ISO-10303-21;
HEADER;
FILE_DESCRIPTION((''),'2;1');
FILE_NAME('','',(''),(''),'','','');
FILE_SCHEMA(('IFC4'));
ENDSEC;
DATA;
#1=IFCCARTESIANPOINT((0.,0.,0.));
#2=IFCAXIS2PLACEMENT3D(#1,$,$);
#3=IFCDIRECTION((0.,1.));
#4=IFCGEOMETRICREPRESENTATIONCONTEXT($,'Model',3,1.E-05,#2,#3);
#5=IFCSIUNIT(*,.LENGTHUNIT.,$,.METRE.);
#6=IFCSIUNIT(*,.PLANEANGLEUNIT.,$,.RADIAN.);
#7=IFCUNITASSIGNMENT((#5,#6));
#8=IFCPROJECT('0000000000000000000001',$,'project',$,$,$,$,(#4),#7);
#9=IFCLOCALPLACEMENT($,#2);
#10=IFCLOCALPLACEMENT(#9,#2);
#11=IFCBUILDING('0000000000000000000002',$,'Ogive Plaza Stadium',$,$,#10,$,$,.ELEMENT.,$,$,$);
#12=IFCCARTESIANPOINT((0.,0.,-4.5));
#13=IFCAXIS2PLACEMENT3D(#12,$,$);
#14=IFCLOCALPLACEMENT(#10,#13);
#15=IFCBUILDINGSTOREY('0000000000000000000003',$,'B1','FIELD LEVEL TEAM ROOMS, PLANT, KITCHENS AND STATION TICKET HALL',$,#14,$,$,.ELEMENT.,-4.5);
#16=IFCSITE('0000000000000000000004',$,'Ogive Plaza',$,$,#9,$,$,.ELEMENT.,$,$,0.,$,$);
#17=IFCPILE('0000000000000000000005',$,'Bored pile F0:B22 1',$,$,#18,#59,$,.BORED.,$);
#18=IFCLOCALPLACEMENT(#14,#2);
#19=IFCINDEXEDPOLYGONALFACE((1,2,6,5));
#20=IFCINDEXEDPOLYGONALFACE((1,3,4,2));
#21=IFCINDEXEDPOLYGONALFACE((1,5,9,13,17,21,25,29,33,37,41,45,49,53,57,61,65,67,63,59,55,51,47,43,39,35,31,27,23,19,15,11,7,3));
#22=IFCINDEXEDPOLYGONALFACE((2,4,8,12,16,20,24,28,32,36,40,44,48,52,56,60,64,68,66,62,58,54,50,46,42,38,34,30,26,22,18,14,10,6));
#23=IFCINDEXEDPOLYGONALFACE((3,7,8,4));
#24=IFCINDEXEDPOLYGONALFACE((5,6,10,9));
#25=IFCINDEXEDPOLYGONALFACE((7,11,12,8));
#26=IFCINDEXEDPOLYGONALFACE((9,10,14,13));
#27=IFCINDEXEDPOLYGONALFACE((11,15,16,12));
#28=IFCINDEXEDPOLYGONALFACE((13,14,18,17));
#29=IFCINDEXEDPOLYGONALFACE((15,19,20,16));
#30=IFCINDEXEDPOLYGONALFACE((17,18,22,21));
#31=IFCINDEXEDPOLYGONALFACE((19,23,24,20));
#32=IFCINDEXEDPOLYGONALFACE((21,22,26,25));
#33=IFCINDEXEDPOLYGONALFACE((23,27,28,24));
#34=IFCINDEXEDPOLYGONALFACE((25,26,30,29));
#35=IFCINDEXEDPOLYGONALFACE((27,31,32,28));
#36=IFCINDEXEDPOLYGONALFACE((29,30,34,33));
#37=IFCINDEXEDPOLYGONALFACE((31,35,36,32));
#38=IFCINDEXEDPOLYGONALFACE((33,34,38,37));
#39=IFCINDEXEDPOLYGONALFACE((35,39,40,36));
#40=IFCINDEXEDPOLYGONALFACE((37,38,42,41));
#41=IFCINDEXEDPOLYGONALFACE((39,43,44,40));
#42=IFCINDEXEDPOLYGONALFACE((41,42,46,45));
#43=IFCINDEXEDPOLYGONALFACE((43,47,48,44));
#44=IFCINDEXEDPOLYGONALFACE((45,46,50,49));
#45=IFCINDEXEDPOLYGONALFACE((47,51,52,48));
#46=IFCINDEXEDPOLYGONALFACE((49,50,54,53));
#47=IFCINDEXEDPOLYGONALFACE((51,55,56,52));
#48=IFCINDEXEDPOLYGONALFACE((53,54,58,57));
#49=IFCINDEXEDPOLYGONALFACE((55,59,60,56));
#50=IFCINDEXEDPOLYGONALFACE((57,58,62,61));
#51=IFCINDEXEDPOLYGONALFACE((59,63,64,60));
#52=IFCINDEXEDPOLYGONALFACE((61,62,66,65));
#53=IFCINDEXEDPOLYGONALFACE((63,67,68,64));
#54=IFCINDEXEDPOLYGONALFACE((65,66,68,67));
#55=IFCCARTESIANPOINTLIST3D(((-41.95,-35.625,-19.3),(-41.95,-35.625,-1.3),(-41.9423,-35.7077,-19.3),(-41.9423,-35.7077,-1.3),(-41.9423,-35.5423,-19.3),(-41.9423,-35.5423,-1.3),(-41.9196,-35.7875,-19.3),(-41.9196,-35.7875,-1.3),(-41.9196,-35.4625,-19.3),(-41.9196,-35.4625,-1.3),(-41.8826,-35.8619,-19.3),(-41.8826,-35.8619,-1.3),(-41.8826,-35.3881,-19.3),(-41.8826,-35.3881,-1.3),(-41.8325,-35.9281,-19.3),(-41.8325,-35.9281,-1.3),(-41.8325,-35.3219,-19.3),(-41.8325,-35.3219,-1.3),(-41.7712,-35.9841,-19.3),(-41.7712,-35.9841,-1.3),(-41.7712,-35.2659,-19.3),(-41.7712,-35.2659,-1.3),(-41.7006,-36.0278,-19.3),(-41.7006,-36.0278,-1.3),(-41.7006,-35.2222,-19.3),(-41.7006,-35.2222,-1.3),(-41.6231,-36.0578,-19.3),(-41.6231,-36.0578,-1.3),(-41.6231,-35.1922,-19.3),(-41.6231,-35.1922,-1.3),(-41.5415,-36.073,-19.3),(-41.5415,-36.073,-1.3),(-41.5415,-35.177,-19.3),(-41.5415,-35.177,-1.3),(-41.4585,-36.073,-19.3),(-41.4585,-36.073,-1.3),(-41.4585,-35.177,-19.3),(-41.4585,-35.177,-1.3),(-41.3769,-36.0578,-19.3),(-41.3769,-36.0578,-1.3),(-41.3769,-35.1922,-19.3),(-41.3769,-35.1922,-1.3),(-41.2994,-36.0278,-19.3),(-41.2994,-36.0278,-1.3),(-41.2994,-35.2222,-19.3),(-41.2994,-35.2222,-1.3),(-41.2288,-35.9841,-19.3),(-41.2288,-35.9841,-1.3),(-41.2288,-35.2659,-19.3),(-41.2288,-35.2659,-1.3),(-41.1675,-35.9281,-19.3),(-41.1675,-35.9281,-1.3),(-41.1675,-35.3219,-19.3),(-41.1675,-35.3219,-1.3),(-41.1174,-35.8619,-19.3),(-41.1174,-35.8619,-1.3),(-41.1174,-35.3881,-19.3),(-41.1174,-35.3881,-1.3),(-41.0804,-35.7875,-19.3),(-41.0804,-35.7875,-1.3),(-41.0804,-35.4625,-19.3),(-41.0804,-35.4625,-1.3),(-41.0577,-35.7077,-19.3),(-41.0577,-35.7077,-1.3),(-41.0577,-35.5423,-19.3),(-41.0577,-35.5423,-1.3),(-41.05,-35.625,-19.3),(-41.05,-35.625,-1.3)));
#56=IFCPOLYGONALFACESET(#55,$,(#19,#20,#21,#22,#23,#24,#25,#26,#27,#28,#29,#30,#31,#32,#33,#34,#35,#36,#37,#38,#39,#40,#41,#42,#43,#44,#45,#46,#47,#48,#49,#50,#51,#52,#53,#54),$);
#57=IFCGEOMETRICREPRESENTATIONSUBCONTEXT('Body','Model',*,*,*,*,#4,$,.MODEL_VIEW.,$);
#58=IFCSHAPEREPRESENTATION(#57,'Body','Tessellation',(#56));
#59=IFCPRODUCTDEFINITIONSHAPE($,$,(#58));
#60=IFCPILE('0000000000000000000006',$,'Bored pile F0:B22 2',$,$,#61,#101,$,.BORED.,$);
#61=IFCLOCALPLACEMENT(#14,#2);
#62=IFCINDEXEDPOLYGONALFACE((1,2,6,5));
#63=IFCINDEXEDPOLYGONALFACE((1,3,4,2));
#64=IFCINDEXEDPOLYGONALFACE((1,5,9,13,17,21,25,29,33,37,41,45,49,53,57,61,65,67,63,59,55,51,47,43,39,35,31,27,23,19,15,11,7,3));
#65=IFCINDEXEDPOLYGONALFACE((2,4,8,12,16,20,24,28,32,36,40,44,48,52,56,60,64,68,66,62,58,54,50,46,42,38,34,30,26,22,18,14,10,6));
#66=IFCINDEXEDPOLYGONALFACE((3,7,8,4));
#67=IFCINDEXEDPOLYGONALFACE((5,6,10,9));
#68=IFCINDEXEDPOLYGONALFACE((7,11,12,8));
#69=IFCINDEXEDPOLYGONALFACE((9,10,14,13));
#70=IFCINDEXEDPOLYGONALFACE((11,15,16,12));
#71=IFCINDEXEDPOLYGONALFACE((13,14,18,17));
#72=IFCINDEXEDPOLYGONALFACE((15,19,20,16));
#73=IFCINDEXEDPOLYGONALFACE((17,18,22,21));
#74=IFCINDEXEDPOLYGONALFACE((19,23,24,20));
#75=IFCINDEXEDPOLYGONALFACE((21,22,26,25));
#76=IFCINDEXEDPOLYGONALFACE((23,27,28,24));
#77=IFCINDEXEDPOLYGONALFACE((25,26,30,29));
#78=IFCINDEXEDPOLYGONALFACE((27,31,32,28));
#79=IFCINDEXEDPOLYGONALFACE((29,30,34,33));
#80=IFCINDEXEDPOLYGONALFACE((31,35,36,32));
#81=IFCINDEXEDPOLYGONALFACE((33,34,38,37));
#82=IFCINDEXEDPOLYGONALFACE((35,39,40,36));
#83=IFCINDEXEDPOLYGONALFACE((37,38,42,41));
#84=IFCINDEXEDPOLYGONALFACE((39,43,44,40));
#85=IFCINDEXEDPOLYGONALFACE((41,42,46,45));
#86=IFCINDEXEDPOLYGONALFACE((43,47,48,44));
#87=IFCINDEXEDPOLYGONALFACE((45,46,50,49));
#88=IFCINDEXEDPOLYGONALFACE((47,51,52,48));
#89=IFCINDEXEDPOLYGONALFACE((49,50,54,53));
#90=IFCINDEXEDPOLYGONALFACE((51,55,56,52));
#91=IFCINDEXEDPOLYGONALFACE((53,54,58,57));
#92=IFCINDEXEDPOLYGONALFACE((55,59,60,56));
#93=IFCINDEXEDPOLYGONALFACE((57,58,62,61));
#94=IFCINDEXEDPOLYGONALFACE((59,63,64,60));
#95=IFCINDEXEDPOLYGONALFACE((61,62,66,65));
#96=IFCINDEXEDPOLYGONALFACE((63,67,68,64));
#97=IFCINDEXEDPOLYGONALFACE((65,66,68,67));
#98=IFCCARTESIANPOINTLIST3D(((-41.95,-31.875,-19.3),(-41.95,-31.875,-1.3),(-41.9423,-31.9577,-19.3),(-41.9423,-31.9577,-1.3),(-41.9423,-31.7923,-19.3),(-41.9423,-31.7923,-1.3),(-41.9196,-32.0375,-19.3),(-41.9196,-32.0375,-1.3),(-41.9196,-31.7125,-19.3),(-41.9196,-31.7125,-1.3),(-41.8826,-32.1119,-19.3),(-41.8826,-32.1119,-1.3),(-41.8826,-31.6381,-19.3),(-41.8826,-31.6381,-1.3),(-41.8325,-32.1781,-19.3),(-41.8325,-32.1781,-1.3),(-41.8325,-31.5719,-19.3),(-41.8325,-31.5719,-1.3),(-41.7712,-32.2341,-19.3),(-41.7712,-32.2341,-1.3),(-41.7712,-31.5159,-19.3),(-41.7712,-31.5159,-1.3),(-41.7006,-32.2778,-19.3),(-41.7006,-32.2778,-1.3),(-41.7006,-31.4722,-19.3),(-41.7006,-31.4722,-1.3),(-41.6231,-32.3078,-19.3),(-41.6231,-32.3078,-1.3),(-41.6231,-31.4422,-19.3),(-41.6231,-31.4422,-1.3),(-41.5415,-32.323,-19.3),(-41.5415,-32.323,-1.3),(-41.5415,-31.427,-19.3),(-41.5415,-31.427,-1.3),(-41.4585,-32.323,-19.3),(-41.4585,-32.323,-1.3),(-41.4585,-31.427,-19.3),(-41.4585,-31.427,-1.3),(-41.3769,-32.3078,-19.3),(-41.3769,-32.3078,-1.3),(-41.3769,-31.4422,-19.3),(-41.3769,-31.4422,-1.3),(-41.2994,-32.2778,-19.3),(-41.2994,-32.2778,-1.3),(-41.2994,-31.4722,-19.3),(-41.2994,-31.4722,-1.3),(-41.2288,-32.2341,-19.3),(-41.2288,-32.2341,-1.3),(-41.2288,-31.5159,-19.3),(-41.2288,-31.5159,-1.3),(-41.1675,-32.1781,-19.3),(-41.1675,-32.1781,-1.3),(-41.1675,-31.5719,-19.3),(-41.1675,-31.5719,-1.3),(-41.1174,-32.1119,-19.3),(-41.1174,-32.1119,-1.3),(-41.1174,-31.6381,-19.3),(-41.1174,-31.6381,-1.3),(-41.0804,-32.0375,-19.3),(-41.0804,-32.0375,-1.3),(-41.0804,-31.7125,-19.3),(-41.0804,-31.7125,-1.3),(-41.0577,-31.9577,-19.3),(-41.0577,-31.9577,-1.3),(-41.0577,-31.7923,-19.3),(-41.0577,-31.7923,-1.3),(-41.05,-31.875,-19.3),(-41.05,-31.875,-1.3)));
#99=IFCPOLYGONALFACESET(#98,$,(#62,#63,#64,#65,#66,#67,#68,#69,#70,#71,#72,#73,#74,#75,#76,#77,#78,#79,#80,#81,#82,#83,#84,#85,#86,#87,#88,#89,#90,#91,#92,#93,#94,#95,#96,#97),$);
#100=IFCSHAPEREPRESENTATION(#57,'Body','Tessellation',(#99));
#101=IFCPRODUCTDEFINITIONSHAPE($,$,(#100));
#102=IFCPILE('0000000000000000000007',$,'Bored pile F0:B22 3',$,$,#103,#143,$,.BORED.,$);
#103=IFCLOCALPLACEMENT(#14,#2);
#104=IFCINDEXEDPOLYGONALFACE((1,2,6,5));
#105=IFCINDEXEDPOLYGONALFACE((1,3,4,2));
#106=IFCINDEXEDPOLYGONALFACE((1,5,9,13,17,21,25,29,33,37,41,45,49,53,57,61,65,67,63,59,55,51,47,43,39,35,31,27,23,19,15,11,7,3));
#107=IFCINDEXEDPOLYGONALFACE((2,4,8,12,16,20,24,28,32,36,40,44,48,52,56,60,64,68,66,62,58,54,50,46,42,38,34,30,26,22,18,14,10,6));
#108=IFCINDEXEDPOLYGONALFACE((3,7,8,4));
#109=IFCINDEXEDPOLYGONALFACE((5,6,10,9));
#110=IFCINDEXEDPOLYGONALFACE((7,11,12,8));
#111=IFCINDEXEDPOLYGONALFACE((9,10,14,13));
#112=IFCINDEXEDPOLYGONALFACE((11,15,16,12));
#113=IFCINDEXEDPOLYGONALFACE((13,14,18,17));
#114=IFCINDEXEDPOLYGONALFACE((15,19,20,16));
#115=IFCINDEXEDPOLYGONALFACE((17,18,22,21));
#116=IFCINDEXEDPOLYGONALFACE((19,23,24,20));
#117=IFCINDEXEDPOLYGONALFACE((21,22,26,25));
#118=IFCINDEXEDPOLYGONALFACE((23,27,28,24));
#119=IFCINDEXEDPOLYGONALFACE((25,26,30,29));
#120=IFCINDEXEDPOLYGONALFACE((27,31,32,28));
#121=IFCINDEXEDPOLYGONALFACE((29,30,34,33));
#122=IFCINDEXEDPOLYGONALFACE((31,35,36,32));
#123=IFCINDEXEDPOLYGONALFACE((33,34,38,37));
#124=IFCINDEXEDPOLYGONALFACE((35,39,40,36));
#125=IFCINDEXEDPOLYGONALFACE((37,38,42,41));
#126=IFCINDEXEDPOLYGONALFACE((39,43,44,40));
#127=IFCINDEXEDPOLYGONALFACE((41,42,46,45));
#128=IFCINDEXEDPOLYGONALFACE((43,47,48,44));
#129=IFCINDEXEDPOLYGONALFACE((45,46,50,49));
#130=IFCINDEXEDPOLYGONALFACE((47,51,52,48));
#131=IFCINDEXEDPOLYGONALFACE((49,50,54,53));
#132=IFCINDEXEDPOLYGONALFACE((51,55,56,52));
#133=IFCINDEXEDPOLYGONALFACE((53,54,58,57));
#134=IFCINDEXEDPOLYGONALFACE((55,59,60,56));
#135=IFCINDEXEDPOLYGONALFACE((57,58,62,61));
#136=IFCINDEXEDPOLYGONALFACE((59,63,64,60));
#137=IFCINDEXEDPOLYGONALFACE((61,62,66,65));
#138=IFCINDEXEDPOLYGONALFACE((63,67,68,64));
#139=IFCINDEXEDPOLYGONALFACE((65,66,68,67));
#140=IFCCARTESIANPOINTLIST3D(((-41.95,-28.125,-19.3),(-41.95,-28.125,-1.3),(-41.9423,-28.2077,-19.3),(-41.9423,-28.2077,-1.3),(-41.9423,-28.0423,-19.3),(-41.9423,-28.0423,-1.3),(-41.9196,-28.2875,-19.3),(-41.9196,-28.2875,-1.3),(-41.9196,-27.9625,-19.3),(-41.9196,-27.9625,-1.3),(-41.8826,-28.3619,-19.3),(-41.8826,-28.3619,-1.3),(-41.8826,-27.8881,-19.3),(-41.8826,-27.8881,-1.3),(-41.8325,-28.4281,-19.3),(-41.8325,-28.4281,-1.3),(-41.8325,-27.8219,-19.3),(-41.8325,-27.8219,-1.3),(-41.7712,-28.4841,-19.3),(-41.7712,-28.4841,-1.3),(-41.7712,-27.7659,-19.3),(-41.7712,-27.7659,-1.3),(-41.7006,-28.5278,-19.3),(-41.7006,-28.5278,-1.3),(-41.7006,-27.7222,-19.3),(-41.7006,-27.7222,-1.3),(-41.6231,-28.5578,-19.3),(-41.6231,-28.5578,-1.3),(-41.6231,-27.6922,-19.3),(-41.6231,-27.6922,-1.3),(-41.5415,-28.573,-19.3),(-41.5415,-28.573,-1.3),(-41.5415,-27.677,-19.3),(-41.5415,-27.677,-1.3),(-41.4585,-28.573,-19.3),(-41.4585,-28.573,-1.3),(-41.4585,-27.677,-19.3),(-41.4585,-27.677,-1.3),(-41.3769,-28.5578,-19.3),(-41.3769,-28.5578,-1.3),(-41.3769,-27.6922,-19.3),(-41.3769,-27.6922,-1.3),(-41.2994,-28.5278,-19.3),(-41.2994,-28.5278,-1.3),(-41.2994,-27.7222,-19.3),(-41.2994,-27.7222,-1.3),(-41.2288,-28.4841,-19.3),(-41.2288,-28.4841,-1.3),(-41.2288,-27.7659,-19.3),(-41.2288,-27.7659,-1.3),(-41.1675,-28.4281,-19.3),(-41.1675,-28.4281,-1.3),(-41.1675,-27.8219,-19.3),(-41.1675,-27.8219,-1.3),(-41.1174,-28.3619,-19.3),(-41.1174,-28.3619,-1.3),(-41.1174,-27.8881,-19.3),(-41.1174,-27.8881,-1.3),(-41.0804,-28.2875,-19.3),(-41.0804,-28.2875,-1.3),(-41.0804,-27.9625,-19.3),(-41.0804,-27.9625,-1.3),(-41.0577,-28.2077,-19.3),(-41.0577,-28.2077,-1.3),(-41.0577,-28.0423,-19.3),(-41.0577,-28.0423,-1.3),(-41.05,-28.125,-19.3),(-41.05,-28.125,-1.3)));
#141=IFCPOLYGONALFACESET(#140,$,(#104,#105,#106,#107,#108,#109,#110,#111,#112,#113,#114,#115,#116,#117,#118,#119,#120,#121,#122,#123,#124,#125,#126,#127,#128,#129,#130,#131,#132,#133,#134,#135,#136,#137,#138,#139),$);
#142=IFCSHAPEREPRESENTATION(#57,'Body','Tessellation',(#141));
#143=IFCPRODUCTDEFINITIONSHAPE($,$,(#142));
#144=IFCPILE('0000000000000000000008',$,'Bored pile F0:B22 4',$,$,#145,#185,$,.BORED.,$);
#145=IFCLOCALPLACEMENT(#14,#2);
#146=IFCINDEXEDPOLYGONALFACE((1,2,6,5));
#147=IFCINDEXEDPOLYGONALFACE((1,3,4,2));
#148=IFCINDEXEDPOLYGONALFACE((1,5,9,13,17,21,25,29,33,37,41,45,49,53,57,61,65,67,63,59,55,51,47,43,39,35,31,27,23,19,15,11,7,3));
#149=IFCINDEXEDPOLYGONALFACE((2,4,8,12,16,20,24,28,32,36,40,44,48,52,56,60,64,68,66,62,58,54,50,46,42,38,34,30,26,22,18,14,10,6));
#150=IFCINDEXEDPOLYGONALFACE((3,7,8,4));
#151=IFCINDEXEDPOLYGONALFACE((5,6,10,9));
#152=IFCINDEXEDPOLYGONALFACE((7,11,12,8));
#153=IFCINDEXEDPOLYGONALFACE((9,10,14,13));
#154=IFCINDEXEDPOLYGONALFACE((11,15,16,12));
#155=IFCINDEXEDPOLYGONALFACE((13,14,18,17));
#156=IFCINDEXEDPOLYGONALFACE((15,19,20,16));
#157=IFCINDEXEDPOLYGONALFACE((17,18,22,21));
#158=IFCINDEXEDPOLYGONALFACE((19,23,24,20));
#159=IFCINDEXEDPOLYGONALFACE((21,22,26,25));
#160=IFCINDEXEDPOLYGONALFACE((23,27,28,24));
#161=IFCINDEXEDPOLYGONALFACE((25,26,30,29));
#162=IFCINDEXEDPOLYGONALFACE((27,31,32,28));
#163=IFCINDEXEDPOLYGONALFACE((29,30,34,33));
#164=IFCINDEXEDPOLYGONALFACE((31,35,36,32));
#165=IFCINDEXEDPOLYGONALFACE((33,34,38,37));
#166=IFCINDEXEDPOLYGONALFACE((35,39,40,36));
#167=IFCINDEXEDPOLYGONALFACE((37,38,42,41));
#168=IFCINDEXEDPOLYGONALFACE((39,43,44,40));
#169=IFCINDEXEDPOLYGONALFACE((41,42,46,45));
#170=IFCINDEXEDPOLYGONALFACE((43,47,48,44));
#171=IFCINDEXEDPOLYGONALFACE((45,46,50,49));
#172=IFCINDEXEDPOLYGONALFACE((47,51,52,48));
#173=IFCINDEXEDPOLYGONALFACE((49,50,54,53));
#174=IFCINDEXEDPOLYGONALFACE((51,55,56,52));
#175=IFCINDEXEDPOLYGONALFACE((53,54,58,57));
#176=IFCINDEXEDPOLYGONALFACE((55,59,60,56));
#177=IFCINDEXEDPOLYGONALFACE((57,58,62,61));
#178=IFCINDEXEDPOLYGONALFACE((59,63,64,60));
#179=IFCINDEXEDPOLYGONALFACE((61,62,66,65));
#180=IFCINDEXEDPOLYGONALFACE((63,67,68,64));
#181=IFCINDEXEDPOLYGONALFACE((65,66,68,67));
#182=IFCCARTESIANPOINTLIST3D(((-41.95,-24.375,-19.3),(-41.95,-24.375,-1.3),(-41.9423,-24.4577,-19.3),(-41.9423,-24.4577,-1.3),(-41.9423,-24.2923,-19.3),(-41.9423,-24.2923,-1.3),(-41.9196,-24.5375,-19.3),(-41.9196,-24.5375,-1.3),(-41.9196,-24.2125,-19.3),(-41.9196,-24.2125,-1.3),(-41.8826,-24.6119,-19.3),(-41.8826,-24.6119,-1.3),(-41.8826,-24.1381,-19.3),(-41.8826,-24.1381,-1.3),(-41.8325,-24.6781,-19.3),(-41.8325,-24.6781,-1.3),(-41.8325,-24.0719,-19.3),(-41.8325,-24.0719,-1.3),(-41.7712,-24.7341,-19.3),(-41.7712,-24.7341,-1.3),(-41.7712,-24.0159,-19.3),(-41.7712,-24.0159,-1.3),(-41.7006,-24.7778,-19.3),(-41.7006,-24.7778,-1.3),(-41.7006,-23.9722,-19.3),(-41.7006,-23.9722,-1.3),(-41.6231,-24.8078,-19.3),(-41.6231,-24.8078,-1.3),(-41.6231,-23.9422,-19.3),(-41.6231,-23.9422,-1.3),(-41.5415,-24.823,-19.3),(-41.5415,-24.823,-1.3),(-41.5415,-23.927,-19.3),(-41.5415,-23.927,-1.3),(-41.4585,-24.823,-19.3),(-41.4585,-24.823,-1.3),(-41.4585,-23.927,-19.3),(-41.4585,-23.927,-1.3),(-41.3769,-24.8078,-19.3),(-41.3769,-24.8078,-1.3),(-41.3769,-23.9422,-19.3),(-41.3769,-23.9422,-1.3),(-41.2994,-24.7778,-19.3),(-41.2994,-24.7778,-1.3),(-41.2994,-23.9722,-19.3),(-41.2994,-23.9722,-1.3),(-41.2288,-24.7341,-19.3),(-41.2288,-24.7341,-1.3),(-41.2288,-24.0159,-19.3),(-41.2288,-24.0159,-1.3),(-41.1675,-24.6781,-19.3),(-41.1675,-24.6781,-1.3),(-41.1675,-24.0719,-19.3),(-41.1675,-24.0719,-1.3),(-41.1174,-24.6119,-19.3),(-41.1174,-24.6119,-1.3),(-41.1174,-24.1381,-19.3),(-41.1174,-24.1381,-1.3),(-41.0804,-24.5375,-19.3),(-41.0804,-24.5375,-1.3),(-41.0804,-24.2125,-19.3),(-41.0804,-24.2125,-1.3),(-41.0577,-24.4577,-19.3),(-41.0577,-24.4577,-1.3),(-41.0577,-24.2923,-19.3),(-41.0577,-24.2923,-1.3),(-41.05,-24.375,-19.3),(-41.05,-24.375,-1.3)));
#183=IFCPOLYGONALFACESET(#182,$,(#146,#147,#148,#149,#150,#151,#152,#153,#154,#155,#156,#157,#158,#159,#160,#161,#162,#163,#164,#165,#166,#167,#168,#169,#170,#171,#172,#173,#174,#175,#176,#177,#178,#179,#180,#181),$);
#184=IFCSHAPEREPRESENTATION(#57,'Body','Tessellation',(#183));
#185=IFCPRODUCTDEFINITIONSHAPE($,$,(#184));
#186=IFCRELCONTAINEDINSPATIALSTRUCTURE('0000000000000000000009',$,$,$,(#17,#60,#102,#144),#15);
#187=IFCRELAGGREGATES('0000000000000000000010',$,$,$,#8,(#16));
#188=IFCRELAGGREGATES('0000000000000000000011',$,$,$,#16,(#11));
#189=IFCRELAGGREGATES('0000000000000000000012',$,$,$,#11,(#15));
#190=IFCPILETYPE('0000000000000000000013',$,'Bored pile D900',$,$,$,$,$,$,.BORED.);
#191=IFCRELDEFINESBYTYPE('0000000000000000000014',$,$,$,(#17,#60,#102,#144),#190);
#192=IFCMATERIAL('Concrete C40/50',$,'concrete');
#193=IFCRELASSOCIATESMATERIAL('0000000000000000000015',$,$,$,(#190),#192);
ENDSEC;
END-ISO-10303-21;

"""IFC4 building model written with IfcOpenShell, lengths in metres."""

from ifc_helpers import new_model, si_unit, direction, frame, origin, origin_2d, place, context, subcontext, project, spatial, circle, extrude, material, material_profile, profile_set, type_object, element, save


model = new_model("IFC4")

# Units and contexts
model_context = context("Model", 3, precision=1e-05, world=origin(), true_north=direction((0.0, 1.0)))
body_context = subcontext(model_context, "Body", "Model", "MODEL_VIEW")
ifc_project = project(units=[si_unit("LENGTHUNIT", "METRE"), si_unit("PLANEANGLEUNIT", "RADIAN")], contexts=[model_context])

# Site, building, storey
site_placement = place(None, origin())
site = spatial("IfcSite", under=ifc_project, at=site_placement, Name="Ogive Plaza", CompositionType="ELEMENT", RefElevation=0.0)
building_placement = place(site_placement, origin())
building = spatial("IfcBuilding", under=site, at=building_placement, Name="Ogive Plaza Stadium", CompositionType="ELEMENT")
storey_placement = place(building_placement, frame((0.0, 0.0, -4.5)))
storey = spatial("IfcBuildingStorey", under=building, at=storey_placement, Name="B1", Description="FIELD LEVEL TEAM ROOMS, PLANT, KITCHENS AND STATION TICKET HALL", CompositionType="ELEMENT", Elevation=-4.5)

# Piles
ifc_material_1 = material(Name="Concrete C40/50", Category="concrete")
ifc_material_profile_1 = material_profile(ifc_material_1, circle(Radius=0.45, at=origin_2d()), Name="RC D900")
ifc_profile_set_1 = profile_set([ifc_material_profile_1], Name="Concrete C40/50")
pile_type = type_object("IfcPileType", Name="Bored pile D900", PredefinedType="BORED", material=ifc_profile_set_1)
for number, where, z_axis, x_axis, name in (
    (1, (-41.5, -35.625, -1.3), (0.0, 0.0, -1.0), (1.0, 0.0, 0.0), "Bored pile F0:B22 1"),
    (2, (-41.5, -31.875, -1.3), (0.0, 0.0, -1.0), (1.0, 0.0, 0.0), "Bored pile F0:B22 2"),
    (3, (-41.5, -28.125, -1.3), (0.0, 0.0, -1.0), (1.0, 0.0, 0.0), "Bored pile F0:B22 3"),
    (4, (-41.5, -24.375, -1.3), (0.0, 0.0, -1.0), (1.0, 0.0, 0.0), "Bored pile F0:B22 4"),
):
    element("IfcPile", number, at=place(storey_placement, frame(where, z_axis=z_axis, x_axis=x_axis)), inside=storey, type_object=pile_type, Name=name, PredefinedType="BORED", context=body_context, shape_type="SweptSolid", body=[
        extrude(circle(Radius=0.45, at=origin_2d()), origin(), (0.0, 0.0, 1.0), 18.0),
    ])

save(model, "model.ifc")
